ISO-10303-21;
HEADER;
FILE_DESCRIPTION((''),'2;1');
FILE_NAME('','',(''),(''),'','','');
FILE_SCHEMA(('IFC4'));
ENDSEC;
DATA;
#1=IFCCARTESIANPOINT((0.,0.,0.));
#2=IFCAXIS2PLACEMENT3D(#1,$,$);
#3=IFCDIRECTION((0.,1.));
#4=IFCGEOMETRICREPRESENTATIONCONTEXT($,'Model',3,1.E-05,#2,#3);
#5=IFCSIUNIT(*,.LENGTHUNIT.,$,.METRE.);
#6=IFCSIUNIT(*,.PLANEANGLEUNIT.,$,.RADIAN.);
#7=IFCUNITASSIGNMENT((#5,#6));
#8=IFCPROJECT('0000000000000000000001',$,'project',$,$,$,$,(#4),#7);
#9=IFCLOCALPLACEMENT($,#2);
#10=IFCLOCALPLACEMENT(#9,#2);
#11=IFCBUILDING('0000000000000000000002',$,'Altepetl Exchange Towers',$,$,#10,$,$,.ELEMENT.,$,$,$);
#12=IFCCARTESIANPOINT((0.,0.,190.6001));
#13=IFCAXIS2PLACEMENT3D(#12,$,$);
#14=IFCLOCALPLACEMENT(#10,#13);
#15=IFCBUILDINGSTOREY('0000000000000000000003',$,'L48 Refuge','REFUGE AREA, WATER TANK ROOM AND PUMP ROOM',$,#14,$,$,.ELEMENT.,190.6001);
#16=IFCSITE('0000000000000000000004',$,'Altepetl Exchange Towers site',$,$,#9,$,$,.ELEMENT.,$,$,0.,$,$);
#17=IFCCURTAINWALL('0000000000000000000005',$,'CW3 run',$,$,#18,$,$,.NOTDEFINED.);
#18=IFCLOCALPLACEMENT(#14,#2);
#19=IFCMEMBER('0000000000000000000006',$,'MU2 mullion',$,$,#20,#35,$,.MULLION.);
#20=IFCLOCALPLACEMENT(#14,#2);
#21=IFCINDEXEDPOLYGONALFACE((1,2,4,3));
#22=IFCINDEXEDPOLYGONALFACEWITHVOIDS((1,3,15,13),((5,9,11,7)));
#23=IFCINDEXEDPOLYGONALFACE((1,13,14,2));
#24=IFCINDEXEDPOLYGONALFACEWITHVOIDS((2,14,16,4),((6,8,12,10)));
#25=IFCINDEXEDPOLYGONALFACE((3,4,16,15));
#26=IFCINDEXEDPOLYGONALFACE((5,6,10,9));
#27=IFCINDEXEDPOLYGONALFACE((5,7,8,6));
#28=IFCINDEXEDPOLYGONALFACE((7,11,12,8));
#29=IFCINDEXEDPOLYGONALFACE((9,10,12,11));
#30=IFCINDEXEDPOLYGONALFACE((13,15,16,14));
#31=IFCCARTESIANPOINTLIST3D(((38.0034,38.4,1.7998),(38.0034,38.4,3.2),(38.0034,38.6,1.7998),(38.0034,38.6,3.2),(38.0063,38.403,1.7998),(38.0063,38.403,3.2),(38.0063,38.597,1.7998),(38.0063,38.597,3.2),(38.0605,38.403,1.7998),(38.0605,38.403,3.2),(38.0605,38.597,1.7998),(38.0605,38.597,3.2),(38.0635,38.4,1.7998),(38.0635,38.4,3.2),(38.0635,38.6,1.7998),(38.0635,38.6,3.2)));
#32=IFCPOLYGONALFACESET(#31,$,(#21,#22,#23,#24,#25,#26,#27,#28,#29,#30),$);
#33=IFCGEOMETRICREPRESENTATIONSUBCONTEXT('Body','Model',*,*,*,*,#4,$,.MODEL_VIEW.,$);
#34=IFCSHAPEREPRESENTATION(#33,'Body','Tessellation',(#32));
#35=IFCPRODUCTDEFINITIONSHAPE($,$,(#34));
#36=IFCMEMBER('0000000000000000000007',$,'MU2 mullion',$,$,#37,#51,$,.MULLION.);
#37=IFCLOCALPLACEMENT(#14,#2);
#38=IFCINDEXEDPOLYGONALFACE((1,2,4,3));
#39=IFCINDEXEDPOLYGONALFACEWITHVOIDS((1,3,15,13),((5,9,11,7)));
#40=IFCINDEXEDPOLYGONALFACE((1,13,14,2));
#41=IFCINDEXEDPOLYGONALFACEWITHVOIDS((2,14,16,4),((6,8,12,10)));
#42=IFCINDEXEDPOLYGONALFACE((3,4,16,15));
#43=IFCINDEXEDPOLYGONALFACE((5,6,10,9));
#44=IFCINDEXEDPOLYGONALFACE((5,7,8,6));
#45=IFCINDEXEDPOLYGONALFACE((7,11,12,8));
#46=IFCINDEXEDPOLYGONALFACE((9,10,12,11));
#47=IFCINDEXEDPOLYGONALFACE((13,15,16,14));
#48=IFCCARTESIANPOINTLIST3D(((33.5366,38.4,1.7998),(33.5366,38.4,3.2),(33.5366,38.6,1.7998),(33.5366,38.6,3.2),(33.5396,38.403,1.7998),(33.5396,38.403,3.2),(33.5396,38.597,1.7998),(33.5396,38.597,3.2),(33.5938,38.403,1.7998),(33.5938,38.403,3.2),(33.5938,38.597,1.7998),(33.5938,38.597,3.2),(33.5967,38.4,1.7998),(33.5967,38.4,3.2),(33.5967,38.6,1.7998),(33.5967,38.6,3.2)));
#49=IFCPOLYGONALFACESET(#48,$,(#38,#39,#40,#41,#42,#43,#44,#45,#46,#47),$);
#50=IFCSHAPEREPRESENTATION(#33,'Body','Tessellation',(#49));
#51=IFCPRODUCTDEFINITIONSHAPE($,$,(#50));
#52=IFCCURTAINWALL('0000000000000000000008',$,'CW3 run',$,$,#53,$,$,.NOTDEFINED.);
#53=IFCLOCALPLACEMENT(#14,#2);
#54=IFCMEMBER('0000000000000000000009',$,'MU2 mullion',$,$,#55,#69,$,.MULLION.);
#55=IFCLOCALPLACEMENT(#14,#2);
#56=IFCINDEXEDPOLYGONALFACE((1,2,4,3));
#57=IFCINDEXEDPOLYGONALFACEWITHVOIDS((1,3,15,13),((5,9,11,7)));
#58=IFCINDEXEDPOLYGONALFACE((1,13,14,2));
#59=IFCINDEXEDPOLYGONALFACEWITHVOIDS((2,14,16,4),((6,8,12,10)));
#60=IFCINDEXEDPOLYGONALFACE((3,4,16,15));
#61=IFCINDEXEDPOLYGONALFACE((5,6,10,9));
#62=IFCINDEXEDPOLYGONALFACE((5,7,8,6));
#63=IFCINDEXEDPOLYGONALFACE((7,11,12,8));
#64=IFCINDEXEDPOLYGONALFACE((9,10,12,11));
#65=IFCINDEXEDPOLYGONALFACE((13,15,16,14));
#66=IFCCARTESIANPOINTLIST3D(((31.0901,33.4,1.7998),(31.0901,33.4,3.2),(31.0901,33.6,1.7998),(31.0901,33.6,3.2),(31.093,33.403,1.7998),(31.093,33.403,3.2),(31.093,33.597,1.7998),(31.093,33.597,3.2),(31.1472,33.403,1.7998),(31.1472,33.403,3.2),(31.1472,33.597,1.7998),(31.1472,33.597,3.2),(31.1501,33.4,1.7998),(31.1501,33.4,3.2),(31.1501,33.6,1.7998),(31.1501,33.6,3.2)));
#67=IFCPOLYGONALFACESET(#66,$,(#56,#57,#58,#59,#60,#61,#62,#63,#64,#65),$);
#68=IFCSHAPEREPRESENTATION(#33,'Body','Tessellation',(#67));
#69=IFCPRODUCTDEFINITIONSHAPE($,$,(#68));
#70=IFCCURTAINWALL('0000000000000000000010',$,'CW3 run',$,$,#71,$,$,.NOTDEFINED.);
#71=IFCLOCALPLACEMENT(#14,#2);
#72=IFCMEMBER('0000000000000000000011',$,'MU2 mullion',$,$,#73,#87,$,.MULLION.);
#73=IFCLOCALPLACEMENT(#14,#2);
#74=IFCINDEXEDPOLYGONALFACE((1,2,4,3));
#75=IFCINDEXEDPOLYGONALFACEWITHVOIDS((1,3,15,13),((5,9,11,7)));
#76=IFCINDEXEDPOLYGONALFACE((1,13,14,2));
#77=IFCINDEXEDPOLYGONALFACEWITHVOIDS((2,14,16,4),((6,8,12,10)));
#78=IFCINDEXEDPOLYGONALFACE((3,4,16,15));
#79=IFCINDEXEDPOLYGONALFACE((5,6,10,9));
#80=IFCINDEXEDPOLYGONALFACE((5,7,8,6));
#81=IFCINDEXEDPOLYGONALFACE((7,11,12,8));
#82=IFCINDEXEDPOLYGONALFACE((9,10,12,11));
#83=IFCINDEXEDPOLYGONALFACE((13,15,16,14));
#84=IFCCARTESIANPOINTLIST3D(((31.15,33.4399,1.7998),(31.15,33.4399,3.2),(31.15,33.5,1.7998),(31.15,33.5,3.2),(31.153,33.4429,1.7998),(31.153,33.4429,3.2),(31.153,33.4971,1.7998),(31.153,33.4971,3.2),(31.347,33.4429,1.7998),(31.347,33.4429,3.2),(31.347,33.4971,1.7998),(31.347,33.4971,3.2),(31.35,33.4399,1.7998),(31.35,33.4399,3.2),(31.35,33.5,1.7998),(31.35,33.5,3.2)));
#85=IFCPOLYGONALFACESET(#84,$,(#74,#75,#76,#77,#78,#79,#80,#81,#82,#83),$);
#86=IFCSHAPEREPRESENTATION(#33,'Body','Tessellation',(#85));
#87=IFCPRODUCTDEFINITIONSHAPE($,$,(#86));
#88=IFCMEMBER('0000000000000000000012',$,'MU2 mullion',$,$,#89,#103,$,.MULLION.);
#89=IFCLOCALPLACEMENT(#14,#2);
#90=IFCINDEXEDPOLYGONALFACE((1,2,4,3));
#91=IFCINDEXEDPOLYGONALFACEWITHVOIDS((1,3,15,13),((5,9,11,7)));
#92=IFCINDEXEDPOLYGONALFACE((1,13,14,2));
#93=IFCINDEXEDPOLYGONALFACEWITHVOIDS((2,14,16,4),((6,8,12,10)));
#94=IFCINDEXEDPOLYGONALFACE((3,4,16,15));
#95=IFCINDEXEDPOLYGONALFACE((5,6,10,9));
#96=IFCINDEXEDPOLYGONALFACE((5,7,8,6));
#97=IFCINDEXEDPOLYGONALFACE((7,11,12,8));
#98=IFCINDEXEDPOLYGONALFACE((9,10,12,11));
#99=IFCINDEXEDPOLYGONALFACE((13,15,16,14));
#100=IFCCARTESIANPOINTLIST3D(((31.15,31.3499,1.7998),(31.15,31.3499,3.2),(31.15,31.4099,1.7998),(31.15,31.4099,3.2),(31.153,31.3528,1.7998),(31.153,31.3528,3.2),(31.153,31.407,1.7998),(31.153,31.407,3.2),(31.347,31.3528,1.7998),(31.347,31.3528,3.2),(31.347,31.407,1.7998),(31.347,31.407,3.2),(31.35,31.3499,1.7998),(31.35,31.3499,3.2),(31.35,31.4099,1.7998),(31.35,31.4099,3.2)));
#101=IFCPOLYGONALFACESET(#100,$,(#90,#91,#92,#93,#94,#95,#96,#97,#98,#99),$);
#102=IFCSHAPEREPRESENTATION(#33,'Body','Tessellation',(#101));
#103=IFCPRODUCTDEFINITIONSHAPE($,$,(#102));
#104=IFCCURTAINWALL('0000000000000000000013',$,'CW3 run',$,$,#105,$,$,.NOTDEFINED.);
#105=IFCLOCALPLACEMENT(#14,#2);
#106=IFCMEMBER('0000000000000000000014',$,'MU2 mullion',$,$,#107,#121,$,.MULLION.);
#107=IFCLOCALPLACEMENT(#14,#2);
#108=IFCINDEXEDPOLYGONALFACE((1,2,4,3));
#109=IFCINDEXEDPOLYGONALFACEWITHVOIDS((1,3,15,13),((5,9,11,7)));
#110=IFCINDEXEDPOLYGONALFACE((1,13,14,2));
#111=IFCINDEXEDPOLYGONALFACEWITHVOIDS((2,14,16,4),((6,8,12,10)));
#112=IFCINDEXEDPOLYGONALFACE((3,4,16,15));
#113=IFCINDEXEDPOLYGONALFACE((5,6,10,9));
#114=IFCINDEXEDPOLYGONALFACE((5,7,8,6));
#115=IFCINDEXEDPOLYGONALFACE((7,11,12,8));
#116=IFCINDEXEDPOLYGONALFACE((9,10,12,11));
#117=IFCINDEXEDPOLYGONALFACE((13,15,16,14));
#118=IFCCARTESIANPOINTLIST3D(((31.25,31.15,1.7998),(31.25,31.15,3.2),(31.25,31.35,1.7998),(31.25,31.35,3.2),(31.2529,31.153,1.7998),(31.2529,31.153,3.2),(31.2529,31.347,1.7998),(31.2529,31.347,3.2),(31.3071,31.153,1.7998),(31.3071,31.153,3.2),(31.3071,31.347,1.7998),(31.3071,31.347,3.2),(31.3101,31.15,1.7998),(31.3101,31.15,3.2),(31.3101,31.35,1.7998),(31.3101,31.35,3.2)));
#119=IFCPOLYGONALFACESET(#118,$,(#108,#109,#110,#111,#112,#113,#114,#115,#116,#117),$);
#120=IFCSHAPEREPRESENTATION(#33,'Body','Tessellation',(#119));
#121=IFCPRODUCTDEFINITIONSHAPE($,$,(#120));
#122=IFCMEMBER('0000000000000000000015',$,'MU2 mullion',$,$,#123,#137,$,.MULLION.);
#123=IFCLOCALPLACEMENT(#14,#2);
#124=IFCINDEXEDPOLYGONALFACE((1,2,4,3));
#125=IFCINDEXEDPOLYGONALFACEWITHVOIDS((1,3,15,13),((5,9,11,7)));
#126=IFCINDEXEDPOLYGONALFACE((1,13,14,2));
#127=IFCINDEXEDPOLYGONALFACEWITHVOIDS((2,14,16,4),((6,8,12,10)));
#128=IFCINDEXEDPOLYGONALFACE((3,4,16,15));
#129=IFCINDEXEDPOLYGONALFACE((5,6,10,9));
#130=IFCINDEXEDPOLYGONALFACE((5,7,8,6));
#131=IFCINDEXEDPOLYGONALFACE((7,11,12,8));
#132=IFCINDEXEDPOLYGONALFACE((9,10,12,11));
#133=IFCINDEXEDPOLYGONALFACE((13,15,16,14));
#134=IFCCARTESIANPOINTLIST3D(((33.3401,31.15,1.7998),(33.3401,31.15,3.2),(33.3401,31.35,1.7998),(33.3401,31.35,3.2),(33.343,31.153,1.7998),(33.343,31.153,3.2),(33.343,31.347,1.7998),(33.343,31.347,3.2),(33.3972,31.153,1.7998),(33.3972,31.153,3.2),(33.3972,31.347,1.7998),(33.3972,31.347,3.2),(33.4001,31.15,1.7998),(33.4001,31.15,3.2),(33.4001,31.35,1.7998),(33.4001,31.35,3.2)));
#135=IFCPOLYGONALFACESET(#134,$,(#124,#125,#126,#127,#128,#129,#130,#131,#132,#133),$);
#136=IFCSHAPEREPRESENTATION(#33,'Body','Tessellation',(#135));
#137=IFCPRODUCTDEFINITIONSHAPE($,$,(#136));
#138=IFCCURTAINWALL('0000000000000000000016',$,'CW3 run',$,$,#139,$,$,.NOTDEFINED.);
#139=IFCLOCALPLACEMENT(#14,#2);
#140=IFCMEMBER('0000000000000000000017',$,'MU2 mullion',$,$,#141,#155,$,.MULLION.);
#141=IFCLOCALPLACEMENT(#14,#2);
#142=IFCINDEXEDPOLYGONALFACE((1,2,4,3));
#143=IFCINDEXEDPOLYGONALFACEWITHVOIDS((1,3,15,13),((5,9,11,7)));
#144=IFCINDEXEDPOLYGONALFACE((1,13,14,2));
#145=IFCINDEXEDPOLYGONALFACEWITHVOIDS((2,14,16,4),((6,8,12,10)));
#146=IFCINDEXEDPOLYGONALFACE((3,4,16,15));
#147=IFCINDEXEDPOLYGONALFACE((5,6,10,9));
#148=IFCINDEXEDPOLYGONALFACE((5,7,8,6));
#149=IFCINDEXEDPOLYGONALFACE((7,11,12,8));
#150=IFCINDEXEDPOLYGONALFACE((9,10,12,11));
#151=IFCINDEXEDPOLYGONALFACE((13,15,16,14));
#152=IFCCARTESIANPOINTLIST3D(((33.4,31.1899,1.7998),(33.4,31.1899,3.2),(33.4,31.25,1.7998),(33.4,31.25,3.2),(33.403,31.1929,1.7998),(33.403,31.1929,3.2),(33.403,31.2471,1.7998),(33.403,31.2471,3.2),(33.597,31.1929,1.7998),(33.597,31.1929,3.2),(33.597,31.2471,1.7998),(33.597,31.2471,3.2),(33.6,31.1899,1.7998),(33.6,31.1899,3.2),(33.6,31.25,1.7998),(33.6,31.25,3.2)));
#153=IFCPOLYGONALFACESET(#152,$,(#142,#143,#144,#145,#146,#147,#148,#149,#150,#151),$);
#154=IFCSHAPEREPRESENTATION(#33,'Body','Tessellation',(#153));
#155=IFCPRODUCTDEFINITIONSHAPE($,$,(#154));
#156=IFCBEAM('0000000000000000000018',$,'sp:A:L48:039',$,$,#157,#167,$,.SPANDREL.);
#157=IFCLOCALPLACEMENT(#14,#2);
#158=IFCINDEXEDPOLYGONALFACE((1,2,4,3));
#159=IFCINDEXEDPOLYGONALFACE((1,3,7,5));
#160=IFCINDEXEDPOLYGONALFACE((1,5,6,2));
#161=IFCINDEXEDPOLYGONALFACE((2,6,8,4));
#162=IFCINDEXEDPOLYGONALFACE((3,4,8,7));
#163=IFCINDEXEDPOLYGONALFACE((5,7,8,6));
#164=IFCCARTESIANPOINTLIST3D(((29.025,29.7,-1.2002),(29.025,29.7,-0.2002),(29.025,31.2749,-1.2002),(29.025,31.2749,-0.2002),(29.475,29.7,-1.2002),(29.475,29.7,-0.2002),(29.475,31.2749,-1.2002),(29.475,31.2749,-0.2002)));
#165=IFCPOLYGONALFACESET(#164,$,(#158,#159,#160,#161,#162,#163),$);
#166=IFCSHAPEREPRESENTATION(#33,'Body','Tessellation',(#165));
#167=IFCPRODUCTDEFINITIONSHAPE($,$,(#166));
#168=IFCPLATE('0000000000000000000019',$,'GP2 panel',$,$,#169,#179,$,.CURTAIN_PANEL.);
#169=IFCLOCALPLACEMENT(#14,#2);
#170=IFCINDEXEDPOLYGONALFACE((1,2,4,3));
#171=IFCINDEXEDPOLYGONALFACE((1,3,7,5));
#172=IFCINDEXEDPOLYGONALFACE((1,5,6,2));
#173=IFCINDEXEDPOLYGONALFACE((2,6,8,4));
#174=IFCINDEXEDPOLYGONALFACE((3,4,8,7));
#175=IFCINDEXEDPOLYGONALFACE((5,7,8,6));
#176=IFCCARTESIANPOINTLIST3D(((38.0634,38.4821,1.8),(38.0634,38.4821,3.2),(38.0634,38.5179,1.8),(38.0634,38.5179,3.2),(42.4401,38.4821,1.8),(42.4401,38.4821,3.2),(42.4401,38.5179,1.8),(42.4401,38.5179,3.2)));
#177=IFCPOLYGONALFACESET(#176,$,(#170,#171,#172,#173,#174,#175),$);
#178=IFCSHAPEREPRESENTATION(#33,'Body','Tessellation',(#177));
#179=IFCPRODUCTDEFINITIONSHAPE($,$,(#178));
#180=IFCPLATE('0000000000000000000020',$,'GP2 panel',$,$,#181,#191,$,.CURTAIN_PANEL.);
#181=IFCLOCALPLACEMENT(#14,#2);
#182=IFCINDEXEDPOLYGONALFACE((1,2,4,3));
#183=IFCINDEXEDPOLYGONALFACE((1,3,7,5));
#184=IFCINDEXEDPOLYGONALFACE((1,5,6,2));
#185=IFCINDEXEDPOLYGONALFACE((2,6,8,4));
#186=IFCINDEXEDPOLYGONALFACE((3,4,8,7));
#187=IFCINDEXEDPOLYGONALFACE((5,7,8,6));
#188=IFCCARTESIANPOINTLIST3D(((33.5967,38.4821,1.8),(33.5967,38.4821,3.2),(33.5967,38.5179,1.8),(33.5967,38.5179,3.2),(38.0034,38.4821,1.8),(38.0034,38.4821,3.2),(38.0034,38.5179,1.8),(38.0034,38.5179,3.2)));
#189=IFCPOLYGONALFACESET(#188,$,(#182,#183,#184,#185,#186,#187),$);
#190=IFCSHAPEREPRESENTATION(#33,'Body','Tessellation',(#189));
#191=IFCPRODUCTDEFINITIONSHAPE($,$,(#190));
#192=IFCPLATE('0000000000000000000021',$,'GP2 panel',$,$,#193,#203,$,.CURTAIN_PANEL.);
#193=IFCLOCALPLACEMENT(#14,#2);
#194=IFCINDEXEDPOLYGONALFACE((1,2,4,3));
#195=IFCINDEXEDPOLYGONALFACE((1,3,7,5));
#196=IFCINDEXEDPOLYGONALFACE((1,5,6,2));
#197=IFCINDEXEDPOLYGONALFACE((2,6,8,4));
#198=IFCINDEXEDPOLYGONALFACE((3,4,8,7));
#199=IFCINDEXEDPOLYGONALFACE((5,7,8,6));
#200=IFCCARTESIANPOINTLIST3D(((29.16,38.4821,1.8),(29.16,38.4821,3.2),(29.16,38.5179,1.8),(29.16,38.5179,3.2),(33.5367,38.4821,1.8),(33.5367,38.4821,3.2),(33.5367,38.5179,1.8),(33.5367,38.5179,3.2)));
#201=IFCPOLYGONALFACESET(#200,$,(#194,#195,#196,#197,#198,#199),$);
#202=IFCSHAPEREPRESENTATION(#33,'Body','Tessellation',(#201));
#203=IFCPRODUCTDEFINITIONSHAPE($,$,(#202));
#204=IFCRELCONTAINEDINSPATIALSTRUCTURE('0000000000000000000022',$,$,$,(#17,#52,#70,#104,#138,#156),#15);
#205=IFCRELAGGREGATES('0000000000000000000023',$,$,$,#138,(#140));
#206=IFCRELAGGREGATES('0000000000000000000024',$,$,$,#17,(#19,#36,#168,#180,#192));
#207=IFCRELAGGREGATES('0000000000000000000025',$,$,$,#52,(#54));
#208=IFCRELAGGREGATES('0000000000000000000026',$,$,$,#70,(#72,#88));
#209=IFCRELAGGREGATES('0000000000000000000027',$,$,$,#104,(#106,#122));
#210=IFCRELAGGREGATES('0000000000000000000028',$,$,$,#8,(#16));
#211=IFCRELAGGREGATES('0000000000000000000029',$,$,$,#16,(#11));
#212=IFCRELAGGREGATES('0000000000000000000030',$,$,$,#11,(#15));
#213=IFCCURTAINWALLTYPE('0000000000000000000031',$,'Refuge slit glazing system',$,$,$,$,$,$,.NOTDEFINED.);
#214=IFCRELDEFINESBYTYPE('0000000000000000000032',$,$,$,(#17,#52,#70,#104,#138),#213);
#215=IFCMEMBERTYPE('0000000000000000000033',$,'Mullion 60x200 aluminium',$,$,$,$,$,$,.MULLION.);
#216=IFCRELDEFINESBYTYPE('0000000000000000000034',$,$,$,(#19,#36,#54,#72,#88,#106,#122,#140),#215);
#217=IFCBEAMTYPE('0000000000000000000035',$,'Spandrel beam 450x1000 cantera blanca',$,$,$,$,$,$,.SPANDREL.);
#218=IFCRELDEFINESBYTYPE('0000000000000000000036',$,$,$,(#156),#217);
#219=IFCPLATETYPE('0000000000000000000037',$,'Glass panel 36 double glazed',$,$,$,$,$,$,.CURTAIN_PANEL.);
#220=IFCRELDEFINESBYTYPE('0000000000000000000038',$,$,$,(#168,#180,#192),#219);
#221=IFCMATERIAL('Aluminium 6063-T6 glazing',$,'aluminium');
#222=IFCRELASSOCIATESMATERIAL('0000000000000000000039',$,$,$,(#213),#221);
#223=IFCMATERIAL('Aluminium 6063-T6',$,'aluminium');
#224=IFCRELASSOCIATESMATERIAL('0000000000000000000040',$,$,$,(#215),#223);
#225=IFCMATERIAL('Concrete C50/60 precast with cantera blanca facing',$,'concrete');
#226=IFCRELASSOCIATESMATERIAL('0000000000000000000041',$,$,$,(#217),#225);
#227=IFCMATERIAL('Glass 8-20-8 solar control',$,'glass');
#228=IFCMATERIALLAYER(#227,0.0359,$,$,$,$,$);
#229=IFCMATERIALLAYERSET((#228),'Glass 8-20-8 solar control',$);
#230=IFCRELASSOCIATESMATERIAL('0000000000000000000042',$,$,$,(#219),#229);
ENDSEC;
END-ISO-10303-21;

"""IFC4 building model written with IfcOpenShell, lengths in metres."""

from ifc_helpers import new_model, si_unit, direction, frame, origin, origin_2d, place, context, subcontext, project, spatial, rectangle, hollow_rectangle, extrude, material, layer, layer_set, material_profile, profile_set, type_object, element, aggregate, save


model = new_model("IFC4")

# Units and contexts
model_context = context("Model", 3, precision=1e-05, world=origin(), true_north=direction((0.0, 1.0)))
body_context = subcontext(model_context, "Body", "Model", "MODEL_VIEW")
ifc_project = project(units=[si_unit("LENGTHUNIT", "METRE"), si_unit("PLANEANGLEUNIT", "RADIAN")], contexts=[model_context])

# Site, building, storey
site_placement = place(None, origin())
site = spatial("IfcSite", under=ifc_project, at=site_placement, Name="Altepetl Exchange Towers site", CompositionType="ELEMENT", RefElevation=0.0)
building_placement = place(site_placement, origin())
building = spatial("IfcBuilding", under=site, at=building_placement, Name="Altepetl Exchange Towers", CompositionType="ELEMENT")
storey_placement = place(building_placement, frame((0.0, 0.0, 190.6001)))
storey = spatial("IfcBuildingStorey", under=building, at=storey_placement, Name="L48 Refuge", Description="REFUGE AREA, WATER TANK ROOM AND PUMP ROOM", CompositionType="ELEMENT", Elevation=190.6001)

# Curtain wall, members
ifc_material_1 = material(Name="Aluminium 6063-T6 glazing", Category="aluminium")
curtain_wall_type = type_object("IfcCurtainWallType", Name="Refuge slit glazing system", PredefinedType="NOTDEFINED", material=ifc_material_1)
curtain_wall_1_placement = place(storey_placement, origin())
curtain_wall_1 = element("IfcCurtainWall", 1, at=curtain_wall_1_placement, inside=storey, type_object=curtain_wall_type, Name="CW3 run", PredefinedType="NOTDEFINED")
ifc_material_2 = material(Name="Aluminium 6063-T6", Category="aluminium")
ifc_material_profile_1 = material_profile(ifc_material_2, hollow_rectangle(XDim=0.0601, YDim=0.2, WallThickness=0.0029, at=origin_2d()), Name="Mullion 60x200 aluminium")
ifc_profile_set_1 = profile_set([ifc_material_profile_1], Name="Aluminium 6063-T6")
member_type = type_object("IfcMemberType", Name="Mullion 60x200 aluminium", PredefinedType="MULLION", material=ifc_profile_set_1)
member_1_placement = place(storey_placement, frame((38.0334, 38.5, 1.7998), z_axis=(0.0, 0.0, 1.0), x_axis=(-1.0, 0.0, 0.0)))
member_1 = element("IfcMember", 2, at=member_1_placement, type_object=member_type, Name="MU2 mullion", PredefinedType="MULLION", context=body_context, shape_type="SweptSolid", body=[
    extrude(hollow_rectangle(XDim=0.0601, YDim=0.2, WallThickness=0.0029, at=origin_2d()), origin(), (0.0, 0.0, 1.0), 1.4001),
])
member_2_placement = place(storey_placement, frame((33.5667, 38.5, 1.7998), z_axis=(0.0, 0.0, 1.0), x_axis=(-1.0, 0.0, 0.0)))
member_2 = element("IfcMember", 3, at=member_2_placement, type_object=member_type, Name="MU2 mullion", PredefinedType="MULLION", context=body_context, shape_type="SweptSolid", body=[
    extrude(hollow_rectangle(XDim=0.0601, YDim=0.2, WallThickness=0.0029, at=origin_2d()), origin(), (0.0, 0.0, 1.0), 1.4001),
])

# Curtain wall, member
curtain_wall_2_placement = place(storey_placement, origin())
curtain_wall_2 = element("IfcCurtainWall", 4, at=curtain_wall_2_placement, inside=storey, type_object=curtain_wall_type, Name="CW3 run", PredefinedType="NOTDEFINED")
member_3_placement = place(storey_placement, frame((31.1201, 33.5, 1.7998)))
member_3 = element("IfcMember", 5, at=member_3_placement, type_object=member_type, Name="MU2 mullion", PredefinedType="MULLION", context=body_context, shape_type="SweptSolid", body=[
    extrude(hollow_rectangle(XDim=0.0601, YDim=0.2, WallThickness=0.0029, at=origin_2d()), origin(), (0.0, 0.0, 1.0), 1.4001),
])

# Curtain walls, members
curtain_wall_3_placement = place(storey_placement, origin())
curtain_wall_3 = element("IfcCurtainWall", 6, at=curtain_wall_3_placement, inside=storey, type_object=curtain_wall_type, Name="CW3 run", PredefinedType="NOTDEFINED")
member_4_placement = place(storey_placement, frame((31.25, 33.47, 1.7998), z_axis=(0.0, 0.0, 1.0), x_axis=(0.0, -1.0, 0.0)))
member_4 = element("IfcMember", 7, at=member_4_placement, type_object=member_type, Name="MU2 mullion", PredefinedType="MULLION", context=body_context, shape_type="SweptSolid", body=[
    extrude(hollow_rectangle(XDim=0.0601, YDim=0.2, WallThickness=0.0029, at=origin_2d()), origin(), (0.0, 0.0, 1.0), 1.4001),
])
member_5_placement = place(storey_placement, frame((31.25, 31.3799, 1.7998), z_axis=(0.0, 0.0, 1.0), x_axis=(0.0, -1.0, 0.0)))
member_5 = element("IfcMember", 8, at=member_5_placement, type_object=member_type, Name="MU2 mullion", PredefinedType="MULLION", context=body_context, shape_type="SweptSolid", body=[
    extrude(hollow_rectangle(XDim=0.0601, YDim=0.2, WallThickness=0.0029, at=origin_2d()), origin(), (0.0, 0.0, 1.0), 1.4001),
])
curtain_wall_4_placement = place(storey_placement, origin())
curtain_wall_4 = element("IfcCurtainWall", 9, at=curtain_wall_4_placement, inside=storey, type_object=curtain_wall_type, Name="CW3 run", PredefinedType="NOTDEFINED")
member_6_placement = place(storey_placement, frame((31.28, 31.25, 1.7998)))
member_6 = element("IfcMember", 10, at=member_6_placement, type_object=member_type, Name="MU2 mullion", PredefinedType="MULLION", context=body_context, shape_type="SweptSolid", body=[
    extrude(hollow_rectangle(XDim=0.0601, YDim=0.2, WallThickness=0.0029, at=origin_2d()), origin(), (0.0, 0.0, 1.0), 1.4001),
])
member_7_placement = place(storey_placement, frame((33.3701, 31.25, 1.7998)))
member_7 = element("IfcMember", 11, at=member_7_placement, type_object=member_type, Name="MU2 mullion", PredefinedType="MULLION", context=body_context, shape_type="SweptSolid", body=[
    extrude(hollow_rectangle(XDim=0.0601, YDim=0.2, WallThickness=0.0029, at=origin_2d()), origin(), (0.0, 0.0, 1.0), 1.4001),
])

# Curtain wall, member
curtain_wall_5_placement = place(storey_placement, origin())
curtain_wall_5 = element("IfcCurtainWall", 12, at=curtain_wall_5_placement, inside=storey, type_object=curtain_wall_type, Name="CW3 run", PredefinedType="NOTDEFINED")
member_8_placement = place(storey_placement, frame((33.5, 31.22, 1.7998), z_axis=(0.0, 0.0, 1.0), x_axis=(0.0, -1.0, 0.0)))
member_8 = element("IfcMember", 13, at=member_8_placement, type_object=member_type, Name="MU2 mullion", PredefinedType="MULLION", context=body_context, shape_type="SweptSolid", body=[
    extrude(hollow_rectangle(XDim=0.0601, YDim=0.2, WallThickness=0.0029, at=origin_2d()), origin(), (0.0, 0.0, 1.0), 1.4001),
])
aggregate(curtain_wall_5, [member_8])

# Beam
ifc_material_3 = material(Name="Concrete C50/60 precast with cantera blanca facing", Category="concrete")
ifc_material_profile_2 = material_profile(ifc_material_3, rectangle(XDim=0.45, YDim=1.0, at=origin_2d()), Name="450 x 1000")
ifc_profile_set_2 = profile_set([ifc_material_profile_2], Name="Concrete C50/60 precast with cantera blanca facing")
beam_type = type_object("IfcBeamType", Name="Spandrel beam 450x1000 cantera blanca", PredefinedType="SPANDREL", material=ifc_profile_set_2)
beam_placement = place(storey_placement, frame((29.25, 31.2749, -0.7002), z_axis=(0.0, -1.0, 0.0), x_axis=(1.0, 0.0, 0.0)))
element("IfcBeam", 14, at=beam_placement, inside=storey, type_object=beam_type, Name="sp:A:L48:039", PredefinedType="SPANDREL", context=body_context, shape_type="SweptSolid", body=[
    extrude(rectangle(XDim=0.45, YDim=1.0, at=origin_2d()), origin(), (0.0, 0.0, 1.0), 1.575),
])

# Plates
ifc_material_4 = material(Name="Glass 8-20-8 solar control", Category="glass")
ifc_layer_1 = layer(ifc_material_4, 0.0359)
ifc_layer_set_1 = layer_set([ifc_layer_1], Name="Glass 8-20-8 solar control")
plate_type = type_object("IfcPlateType", Name="Glass panel 36 double glazed", PredefinedType="CURTAIN_PANEL", material=ifc_layer_set_1)
plate_1_placement = place(storey_placement, frame((40.2517, 38.5, 1.8), z_axis=(0.0, 0.0, 1.0), x_axis=(-1.0, 0.0, 0.0)))
plate_1 = element("IfcPlate", 15, at=plate_1_placement, type_object=plate_type, Name="GP2 panel", PredefinedType="CURTAIN_PANEL", context=body_context, shape_type="SweptSolid", body=[
    extrude(rectangle(XDim=4.3767, YDim=0.0359, at=origin_2d()), origin(), (0.0, 0.0, 1.0), 1.3999),
])
plate_2_placement = place(storey_placement, frame((35.8, 38.5, 1.8), z_axis=(0.0, 0.0, 1.0), x_axis=(-1.0, 0.0, 0.0)))
plate_2 = element("IfcPlate", 16, at=plate_2_placement, type_object=plate_type, Name="GP2 panel", PredefinedType="CURTAIN_PANEL", context=body_context, shape_type="SweptSolid", body=[
    extrude(rectangle(XDim=4.4067, YDim=0.0359, at=origin_2d()), origin(), (0.0, 0.0, 1.0), 1.3999),
])
plate_3_placement = place(storey_placement, frame((31.3484, 38.5, 1.8), z_axis=(0.0, 0.0, 1.0), x_axis=(-1.0, 0.0, 0.0)))
plate_3 = element("IfcPlate", 17, at=plate_3_placement, type_object=plate_type, Name="GP2 panel", PredefinedType="CURTAIN_PANEL", context=body_context, shape_type="SweptSolid", body=[
    extrude(rectangle(XDim=4.3767, YDim=0.0359, at=origin_2d()), origin(), (0.0, 0.0, 1.0), 1.3999),
])
aggregate(curtain_wall_1, [member_1, member_2, plate_1, plate_2, plate_3])
aggregate(curtain_wall_2, [member_3])
aggregate(curtain_wall_3, [member_4, member_5])
aggregate(curtain_wall_4, [member_6, member_7])

save(model, "model.ifc")
